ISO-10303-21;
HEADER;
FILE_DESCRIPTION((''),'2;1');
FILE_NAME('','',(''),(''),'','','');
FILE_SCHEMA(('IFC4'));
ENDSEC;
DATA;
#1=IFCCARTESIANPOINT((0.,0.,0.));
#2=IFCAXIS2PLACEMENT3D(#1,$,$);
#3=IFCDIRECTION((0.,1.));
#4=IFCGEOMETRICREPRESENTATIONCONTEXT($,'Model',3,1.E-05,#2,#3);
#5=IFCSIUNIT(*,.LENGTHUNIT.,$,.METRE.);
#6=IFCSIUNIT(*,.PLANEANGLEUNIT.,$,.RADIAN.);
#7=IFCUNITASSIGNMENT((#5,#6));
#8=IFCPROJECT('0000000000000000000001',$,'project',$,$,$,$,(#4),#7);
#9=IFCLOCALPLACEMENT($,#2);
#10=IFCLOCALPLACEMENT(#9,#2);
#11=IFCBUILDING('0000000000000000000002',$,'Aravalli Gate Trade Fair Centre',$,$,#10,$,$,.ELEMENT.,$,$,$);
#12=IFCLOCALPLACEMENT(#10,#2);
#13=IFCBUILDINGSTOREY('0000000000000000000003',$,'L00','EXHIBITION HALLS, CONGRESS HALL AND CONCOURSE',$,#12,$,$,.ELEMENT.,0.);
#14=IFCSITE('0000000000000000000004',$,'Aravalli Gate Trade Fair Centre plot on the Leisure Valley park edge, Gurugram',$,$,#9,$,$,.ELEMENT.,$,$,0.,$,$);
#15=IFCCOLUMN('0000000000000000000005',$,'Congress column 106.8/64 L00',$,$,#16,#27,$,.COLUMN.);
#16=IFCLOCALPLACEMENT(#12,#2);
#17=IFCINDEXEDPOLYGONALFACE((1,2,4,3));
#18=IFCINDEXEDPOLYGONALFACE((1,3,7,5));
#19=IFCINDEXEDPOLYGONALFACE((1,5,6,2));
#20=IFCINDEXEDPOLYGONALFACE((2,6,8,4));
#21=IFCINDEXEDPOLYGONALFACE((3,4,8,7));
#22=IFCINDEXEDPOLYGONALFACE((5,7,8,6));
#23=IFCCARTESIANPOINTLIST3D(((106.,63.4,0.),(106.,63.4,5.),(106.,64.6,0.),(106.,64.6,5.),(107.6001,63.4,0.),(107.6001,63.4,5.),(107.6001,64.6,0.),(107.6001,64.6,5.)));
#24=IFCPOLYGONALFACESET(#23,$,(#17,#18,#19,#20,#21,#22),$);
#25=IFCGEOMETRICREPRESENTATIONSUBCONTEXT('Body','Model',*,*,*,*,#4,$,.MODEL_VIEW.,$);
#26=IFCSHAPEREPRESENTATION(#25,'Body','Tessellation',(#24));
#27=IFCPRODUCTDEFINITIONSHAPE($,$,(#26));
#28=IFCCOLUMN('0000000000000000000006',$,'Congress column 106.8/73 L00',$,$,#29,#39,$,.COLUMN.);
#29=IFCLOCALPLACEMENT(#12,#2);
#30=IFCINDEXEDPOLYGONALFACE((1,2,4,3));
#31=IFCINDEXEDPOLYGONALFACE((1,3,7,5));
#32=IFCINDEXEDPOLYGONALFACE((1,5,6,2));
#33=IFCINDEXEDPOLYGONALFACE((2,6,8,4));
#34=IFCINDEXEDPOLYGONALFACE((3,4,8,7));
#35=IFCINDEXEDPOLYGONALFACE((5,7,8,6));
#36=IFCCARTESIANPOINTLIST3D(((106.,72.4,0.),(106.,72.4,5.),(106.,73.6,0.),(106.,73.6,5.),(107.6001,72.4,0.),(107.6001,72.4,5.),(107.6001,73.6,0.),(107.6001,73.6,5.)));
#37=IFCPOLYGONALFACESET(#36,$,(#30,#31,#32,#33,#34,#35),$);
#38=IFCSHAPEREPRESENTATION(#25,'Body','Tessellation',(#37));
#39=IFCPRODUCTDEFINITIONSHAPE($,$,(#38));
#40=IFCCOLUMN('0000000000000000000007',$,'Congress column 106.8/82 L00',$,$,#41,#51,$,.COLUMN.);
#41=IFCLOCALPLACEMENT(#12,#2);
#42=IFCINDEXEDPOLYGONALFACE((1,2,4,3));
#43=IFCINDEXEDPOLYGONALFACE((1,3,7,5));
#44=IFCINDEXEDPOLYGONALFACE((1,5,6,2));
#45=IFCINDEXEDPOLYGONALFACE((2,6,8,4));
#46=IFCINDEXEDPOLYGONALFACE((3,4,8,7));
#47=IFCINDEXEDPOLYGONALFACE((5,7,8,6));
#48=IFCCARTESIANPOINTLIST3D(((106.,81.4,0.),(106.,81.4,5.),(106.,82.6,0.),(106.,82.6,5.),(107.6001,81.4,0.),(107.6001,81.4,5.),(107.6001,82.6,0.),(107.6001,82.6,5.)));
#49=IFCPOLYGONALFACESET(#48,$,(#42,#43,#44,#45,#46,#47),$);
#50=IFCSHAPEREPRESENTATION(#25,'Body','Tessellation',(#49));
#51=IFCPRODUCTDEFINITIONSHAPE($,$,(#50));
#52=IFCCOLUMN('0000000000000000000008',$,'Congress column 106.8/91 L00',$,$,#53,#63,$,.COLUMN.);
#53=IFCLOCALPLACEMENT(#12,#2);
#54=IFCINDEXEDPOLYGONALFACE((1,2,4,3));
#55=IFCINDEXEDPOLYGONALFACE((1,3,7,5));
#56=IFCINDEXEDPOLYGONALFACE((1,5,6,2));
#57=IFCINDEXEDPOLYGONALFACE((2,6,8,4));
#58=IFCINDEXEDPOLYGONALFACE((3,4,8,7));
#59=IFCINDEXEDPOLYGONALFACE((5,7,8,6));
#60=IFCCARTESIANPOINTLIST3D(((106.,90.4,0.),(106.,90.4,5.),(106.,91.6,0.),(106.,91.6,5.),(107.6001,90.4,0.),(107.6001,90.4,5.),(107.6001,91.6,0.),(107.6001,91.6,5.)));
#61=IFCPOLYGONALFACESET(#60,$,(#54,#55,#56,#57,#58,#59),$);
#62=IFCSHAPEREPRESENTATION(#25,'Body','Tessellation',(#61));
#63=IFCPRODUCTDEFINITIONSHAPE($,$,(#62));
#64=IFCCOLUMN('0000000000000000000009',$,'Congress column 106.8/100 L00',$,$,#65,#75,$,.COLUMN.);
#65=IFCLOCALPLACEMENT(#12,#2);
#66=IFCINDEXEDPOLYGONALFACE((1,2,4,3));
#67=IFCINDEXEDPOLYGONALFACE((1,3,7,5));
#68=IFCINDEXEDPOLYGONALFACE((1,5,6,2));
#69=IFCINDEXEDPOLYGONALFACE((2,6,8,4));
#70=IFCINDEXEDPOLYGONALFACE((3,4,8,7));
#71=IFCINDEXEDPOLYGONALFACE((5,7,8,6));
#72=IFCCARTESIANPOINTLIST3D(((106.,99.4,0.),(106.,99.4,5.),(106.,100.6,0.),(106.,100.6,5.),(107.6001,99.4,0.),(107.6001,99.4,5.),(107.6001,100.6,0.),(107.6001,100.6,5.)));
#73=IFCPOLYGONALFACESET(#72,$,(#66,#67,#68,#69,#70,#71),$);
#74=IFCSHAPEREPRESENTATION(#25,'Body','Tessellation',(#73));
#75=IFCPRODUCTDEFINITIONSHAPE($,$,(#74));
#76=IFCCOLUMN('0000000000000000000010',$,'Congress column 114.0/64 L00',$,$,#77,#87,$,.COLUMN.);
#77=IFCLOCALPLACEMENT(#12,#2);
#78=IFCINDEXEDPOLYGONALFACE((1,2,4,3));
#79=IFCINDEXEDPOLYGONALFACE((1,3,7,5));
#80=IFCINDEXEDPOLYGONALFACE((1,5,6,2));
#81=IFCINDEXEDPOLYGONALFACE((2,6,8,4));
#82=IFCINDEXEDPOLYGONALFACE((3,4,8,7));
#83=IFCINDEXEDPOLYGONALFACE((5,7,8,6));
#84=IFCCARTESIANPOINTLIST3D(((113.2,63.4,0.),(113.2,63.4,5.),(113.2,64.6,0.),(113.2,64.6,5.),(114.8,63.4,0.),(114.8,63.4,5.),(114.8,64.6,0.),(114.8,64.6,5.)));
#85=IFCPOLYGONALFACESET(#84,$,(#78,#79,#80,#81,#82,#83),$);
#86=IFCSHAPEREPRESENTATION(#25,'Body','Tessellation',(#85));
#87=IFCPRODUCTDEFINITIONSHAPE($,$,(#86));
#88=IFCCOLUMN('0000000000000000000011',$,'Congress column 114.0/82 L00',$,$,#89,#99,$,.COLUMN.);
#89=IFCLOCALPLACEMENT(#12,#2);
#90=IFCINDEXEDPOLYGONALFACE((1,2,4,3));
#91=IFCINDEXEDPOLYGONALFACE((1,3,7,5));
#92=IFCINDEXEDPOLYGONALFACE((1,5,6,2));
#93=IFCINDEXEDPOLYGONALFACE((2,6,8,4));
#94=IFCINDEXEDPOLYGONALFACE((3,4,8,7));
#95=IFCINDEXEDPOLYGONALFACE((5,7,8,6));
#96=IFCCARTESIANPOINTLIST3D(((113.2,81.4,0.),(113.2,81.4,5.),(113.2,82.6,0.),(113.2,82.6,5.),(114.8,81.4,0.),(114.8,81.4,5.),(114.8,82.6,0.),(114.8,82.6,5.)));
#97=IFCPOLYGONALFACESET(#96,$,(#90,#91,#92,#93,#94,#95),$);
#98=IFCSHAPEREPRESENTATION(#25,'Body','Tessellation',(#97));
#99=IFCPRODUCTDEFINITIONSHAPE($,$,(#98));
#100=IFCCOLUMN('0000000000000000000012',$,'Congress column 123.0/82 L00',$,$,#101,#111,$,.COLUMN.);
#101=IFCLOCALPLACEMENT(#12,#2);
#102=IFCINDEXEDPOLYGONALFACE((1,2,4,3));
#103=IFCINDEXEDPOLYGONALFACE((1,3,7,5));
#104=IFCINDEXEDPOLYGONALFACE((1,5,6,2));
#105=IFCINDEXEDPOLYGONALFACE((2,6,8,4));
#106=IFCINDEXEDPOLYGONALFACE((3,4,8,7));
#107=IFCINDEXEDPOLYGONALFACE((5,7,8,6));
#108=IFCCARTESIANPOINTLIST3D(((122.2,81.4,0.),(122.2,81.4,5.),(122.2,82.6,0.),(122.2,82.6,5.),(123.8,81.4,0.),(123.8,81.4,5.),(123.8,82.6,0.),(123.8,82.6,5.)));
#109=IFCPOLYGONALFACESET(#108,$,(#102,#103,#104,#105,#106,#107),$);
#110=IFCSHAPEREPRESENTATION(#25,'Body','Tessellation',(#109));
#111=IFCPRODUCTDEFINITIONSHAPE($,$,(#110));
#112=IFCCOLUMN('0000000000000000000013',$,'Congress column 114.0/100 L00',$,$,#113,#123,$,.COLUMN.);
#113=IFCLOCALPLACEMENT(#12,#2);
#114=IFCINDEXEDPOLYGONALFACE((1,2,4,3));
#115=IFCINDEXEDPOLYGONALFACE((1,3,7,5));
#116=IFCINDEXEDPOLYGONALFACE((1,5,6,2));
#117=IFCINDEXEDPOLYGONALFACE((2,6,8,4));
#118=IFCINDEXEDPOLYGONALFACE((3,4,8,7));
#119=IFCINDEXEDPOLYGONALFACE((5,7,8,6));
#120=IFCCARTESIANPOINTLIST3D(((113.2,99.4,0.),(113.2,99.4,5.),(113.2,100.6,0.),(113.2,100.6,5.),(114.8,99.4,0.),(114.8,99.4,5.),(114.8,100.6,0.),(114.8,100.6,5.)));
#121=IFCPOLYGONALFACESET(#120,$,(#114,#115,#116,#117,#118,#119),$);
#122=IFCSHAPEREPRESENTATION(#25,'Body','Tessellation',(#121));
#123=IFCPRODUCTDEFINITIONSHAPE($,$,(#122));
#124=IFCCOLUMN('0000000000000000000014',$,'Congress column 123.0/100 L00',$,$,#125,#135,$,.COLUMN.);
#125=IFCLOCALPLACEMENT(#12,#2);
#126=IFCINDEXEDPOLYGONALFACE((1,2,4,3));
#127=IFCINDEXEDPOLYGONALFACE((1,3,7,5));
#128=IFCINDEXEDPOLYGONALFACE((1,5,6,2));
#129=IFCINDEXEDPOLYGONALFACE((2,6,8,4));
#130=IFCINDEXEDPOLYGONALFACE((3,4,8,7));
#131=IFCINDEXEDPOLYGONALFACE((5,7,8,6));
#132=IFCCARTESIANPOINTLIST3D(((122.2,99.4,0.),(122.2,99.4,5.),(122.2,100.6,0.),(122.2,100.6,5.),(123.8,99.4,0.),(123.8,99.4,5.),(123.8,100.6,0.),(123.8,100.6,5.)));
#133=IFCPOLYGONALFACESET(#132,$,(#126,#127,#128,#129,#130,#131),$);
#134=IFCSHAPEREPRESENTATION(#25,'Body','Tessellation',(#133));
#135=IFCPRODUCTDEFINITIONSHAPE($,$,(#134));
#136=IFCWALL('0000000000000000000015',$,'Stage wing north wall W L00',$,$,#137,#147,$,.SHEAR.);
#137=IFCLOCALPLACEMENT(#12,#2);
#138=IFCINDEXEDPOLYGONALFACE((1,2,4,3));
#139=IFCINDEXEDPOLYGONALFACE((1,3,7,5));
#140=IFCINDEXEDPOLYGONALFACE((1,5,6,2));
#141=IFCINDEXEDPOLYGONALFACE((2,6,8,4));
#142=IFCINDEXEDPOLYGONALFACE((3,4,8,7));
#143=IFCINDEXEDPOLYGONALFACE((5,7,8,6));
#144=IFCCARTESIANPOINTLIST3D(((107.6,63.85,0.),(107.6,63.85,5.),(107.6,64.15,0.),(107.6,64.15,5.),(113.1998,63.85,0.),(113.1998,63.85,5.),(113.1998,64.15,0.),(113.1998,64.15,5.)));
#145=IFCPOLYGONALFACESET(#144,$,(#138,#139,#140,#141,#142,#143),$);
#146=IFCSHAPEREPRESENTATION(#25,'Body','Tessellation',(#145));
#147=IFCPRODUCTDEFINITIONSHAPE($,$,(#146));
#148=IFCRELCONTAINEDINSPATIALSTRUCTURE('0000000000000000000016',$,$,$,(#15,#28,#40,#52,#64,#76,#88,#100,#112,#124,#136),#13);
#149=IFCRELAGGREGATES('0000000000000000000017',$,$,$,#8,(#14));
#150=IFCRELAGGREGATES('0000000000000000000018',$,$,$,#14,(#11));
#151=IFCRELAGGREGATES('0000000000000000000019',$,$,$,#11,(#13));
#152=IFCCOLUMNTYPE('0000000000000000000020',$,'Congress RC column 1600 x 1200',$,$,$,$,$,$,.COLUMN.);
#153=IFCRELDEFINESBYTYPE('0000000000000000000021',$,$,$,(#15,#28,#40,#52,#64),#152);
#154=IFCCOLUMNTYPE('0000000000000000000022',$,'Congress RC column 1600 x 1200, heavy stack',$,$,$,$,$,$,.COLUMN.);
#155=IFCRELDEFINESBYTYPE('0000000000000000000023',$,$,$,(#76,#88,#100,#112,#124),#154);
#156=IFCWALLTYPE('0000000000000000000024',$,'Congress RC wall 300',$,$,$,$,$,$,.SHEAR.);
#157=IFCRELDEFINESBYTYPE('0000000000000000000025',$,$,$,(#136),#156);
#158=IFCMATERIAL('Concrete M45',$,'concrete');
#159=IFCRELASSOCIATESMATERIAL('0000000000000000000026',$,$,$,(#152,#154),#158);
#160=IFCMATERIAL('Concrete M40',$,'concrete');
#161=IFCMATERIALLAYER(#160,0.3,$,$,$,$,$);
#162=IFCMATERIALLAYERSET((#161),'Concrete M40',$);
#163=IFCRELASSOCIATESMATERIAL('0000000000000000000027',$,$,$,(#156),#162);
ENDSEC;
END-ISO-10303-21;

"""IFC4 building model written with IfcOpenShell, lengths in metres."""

from ifc_helpers import new_model, si_unit, direction, frame, frame_2d, origin, origin_2d, place, context, subcontext, project, spatial, rectangle, extrude, material, layer, layer_set, material_profile, profile_set, type_object, element, save


model = new_model("IFC4")

# Units and contexts
model_context = context("Model", 3, precision=1e-05, world=origin(), true_north=direction((0.0, 1.0)))
body_context = subcontext(model_context, "Body", "Model", "MODEL_VIEW")
ifc_project = project(units=[si_unit("LENGTHUNIT", "METRE"), si_unit("PLANEANGLEUNIT", "RADIAN")], contexts=[model_context])

# Site, building, storey
site_placement = place(None, origin())
site = spatial("IfcSite", under=ifc_project, at=site_placement, Name="Aravalli Gate Trade Fair Centre plot on the Leisure Valley park edge, Gurugram", CompositionType="ELEMENT", RefElevation=0.0)
building_placement = place(site_placement, origin())
building = spatial("IfcBuilding", under=site, at=building_placement, Name="Aravalli Gate Trade Fair Centre", CompositionType="ELEMENT")
storey_placement = place(building_placement, origin())
storey = spatial("IfcBuildingStorey", under=building, at=storey_placement, Name="L00", Description="EXHIBITION HALLS, CONGRESS HALL AND CONCOURSE", CompositionType="ELEMENT", Elevation=0.0)

# Columns
ifc_material_1 = material(Name="Concrete M45", Category="concrete")
ifc_material_profile_1 = material_profile(ifc_material_1, rectangle(XDim=1.6001, YDim=1.2, at=origin_2d()), Name="RC 1600x1200")
ifc_profile_set_1 = profile_set([ifc_material_profile_1], Name="Concrete M45")
column_type_1 = type_object("IfcColumnType", Name="Congress RC column 1600 x 1200", PredefinedType="COLUMN", material=ifc_profile_set_1)
for number, where, z_axis, x_axis, name in (
    (1, (106.8, 64.0, 0.0), (0.0, 0.0, 1.0), (1.0, 0.0, 0.0), "Congress column 106.8/64 L00"),
    (2, (106.8, 73.0, 0.0), (0.0, 0.0, 1.0), (1.0, 0.0, 0.0), "Congress column 106.8/73 L00"),
    (3, (106.8, 82.0, 0.0), (0.0, 0.0, 1.0), (1.0, 0.0, 0.0), "Congress column 106.8/82 L00"),
    (4, (106.8, 91.0, 0.0), (0.0, 0.0, 1.0), (1.0, 0.0, 0.0), "Congress column 106.8/91 L00"),
    (5, (106.8, 100.0, 0.0), (0.0, 0.0, 1.0), (1.0, 0.0, 0.0), "Congress column 106.8/100 L00"),
):
    element("IfcColumn", number, at=place(storey_placement, frame(where, z_axis=z_axis, x_axis=x_axis)), inside=storey, type_object=column_type_1, Name=name, PredefinedType="COLUMN", context=body_context, shape_type="SweptSolid", body=[
        extrude(rectangle(XDim=1.6001, YDim=1.2, at=origin_2d()), origin(), (0.0, 0.0, 1.0), 5.0),
    ])
ifc_material_profile_2 = material_profile(ifc_material_1, rectangle(XDim=1.6001, YDim=1.2, at=origin_2d()), Name="RC 1600x1200")
ifc_profile_set_2 = profile_set([ifc_material_profile_2], Name="Concrete M45")
column_type_2 = type_object("IfcColumnType", Name="Congress RC column 1600 x 1200, heavy stack", PredefinedType="COLUMN", material=ifc_profile_set_2)
for number, where, z_axis, x_axis, name in (
    (6, (114.0, 64.0, 0.0), (0.0, 0.0, 1.0), (1.0, 0.0, 0.0), "Congress column 114.0/64 L00"),
    (7, (114.0, 82.0, 0.0), (0.0, 0.0, 1.0), (1.0, 0.0, 0.0), "Congress column 114.0/82 L00"),
    (8, (123.0, 82.0, 0.0), (0.0, 0.0, 1.0), (1.0, 0.0, 0.0), "Congress column 123.0/82 L00"),
    (9, (114.0, 100.0, 0.0), (0.0, 0.0, 1.0), (1.0, 0.0, 0.0), "Congress column 114.0/100 L00"),
    (10, (123.0, 100.0, 0.0), (0.0, 0.0, 1.0), (1.0, 0.0, 0.0), "Congress column 123.0/100 L00"),
):
    element("IfcColumn", number, at=place(storey_placement, frame(where, z_axis=z_axis, x_axis=x_axis)), inside=storey, type_object=column_type_2, Name=name, PredefinedType="COLUMN", context=body_context, shape_type="SweptSolid", body=[
        extrude(rectangle(XDim=1.6001, YDim=1.2, at=origin_2d()), origin(), (0.0, 0.0, 1.0), 5.0),
    ])

# Wall
ifc_material_2 = material(Name="Concrete M40", Category="concrete")
ifc_layer_1 = layer(ifc_material_2, 0.3)
ifc_layer_set_1 = layer_set([ifc_layer_1], Name="Concrete M40")
wall_type_1 = type_object("IfcWallType", Name="Congress RC wall 300", PredefinedType="SHEAR", material=ifc_layer_set_1)
wall_1_placement = place(storey_placement, frame((107.6001, 64.0, 0.0), z_axis=(0.0, 0.0, 1.0), x_axis=(1.0, 0.0, 0.0)))
element("IfcWall", 11, at=wall_1_placement, inside=storey, type_object=wall_type_1, Name="Stage wing north wall W L00", PredefinedType="SHEAR", context=body_context, shape_type="SweptSolid", body=[
    extrude(rectangle(XDim=5.5999, YDim=0.3, at=frame_2d((2.7998, 0.0))), origin(), (0.0, 0.0, 1.0), 5.0),
])

save(model, "model.ifc")
